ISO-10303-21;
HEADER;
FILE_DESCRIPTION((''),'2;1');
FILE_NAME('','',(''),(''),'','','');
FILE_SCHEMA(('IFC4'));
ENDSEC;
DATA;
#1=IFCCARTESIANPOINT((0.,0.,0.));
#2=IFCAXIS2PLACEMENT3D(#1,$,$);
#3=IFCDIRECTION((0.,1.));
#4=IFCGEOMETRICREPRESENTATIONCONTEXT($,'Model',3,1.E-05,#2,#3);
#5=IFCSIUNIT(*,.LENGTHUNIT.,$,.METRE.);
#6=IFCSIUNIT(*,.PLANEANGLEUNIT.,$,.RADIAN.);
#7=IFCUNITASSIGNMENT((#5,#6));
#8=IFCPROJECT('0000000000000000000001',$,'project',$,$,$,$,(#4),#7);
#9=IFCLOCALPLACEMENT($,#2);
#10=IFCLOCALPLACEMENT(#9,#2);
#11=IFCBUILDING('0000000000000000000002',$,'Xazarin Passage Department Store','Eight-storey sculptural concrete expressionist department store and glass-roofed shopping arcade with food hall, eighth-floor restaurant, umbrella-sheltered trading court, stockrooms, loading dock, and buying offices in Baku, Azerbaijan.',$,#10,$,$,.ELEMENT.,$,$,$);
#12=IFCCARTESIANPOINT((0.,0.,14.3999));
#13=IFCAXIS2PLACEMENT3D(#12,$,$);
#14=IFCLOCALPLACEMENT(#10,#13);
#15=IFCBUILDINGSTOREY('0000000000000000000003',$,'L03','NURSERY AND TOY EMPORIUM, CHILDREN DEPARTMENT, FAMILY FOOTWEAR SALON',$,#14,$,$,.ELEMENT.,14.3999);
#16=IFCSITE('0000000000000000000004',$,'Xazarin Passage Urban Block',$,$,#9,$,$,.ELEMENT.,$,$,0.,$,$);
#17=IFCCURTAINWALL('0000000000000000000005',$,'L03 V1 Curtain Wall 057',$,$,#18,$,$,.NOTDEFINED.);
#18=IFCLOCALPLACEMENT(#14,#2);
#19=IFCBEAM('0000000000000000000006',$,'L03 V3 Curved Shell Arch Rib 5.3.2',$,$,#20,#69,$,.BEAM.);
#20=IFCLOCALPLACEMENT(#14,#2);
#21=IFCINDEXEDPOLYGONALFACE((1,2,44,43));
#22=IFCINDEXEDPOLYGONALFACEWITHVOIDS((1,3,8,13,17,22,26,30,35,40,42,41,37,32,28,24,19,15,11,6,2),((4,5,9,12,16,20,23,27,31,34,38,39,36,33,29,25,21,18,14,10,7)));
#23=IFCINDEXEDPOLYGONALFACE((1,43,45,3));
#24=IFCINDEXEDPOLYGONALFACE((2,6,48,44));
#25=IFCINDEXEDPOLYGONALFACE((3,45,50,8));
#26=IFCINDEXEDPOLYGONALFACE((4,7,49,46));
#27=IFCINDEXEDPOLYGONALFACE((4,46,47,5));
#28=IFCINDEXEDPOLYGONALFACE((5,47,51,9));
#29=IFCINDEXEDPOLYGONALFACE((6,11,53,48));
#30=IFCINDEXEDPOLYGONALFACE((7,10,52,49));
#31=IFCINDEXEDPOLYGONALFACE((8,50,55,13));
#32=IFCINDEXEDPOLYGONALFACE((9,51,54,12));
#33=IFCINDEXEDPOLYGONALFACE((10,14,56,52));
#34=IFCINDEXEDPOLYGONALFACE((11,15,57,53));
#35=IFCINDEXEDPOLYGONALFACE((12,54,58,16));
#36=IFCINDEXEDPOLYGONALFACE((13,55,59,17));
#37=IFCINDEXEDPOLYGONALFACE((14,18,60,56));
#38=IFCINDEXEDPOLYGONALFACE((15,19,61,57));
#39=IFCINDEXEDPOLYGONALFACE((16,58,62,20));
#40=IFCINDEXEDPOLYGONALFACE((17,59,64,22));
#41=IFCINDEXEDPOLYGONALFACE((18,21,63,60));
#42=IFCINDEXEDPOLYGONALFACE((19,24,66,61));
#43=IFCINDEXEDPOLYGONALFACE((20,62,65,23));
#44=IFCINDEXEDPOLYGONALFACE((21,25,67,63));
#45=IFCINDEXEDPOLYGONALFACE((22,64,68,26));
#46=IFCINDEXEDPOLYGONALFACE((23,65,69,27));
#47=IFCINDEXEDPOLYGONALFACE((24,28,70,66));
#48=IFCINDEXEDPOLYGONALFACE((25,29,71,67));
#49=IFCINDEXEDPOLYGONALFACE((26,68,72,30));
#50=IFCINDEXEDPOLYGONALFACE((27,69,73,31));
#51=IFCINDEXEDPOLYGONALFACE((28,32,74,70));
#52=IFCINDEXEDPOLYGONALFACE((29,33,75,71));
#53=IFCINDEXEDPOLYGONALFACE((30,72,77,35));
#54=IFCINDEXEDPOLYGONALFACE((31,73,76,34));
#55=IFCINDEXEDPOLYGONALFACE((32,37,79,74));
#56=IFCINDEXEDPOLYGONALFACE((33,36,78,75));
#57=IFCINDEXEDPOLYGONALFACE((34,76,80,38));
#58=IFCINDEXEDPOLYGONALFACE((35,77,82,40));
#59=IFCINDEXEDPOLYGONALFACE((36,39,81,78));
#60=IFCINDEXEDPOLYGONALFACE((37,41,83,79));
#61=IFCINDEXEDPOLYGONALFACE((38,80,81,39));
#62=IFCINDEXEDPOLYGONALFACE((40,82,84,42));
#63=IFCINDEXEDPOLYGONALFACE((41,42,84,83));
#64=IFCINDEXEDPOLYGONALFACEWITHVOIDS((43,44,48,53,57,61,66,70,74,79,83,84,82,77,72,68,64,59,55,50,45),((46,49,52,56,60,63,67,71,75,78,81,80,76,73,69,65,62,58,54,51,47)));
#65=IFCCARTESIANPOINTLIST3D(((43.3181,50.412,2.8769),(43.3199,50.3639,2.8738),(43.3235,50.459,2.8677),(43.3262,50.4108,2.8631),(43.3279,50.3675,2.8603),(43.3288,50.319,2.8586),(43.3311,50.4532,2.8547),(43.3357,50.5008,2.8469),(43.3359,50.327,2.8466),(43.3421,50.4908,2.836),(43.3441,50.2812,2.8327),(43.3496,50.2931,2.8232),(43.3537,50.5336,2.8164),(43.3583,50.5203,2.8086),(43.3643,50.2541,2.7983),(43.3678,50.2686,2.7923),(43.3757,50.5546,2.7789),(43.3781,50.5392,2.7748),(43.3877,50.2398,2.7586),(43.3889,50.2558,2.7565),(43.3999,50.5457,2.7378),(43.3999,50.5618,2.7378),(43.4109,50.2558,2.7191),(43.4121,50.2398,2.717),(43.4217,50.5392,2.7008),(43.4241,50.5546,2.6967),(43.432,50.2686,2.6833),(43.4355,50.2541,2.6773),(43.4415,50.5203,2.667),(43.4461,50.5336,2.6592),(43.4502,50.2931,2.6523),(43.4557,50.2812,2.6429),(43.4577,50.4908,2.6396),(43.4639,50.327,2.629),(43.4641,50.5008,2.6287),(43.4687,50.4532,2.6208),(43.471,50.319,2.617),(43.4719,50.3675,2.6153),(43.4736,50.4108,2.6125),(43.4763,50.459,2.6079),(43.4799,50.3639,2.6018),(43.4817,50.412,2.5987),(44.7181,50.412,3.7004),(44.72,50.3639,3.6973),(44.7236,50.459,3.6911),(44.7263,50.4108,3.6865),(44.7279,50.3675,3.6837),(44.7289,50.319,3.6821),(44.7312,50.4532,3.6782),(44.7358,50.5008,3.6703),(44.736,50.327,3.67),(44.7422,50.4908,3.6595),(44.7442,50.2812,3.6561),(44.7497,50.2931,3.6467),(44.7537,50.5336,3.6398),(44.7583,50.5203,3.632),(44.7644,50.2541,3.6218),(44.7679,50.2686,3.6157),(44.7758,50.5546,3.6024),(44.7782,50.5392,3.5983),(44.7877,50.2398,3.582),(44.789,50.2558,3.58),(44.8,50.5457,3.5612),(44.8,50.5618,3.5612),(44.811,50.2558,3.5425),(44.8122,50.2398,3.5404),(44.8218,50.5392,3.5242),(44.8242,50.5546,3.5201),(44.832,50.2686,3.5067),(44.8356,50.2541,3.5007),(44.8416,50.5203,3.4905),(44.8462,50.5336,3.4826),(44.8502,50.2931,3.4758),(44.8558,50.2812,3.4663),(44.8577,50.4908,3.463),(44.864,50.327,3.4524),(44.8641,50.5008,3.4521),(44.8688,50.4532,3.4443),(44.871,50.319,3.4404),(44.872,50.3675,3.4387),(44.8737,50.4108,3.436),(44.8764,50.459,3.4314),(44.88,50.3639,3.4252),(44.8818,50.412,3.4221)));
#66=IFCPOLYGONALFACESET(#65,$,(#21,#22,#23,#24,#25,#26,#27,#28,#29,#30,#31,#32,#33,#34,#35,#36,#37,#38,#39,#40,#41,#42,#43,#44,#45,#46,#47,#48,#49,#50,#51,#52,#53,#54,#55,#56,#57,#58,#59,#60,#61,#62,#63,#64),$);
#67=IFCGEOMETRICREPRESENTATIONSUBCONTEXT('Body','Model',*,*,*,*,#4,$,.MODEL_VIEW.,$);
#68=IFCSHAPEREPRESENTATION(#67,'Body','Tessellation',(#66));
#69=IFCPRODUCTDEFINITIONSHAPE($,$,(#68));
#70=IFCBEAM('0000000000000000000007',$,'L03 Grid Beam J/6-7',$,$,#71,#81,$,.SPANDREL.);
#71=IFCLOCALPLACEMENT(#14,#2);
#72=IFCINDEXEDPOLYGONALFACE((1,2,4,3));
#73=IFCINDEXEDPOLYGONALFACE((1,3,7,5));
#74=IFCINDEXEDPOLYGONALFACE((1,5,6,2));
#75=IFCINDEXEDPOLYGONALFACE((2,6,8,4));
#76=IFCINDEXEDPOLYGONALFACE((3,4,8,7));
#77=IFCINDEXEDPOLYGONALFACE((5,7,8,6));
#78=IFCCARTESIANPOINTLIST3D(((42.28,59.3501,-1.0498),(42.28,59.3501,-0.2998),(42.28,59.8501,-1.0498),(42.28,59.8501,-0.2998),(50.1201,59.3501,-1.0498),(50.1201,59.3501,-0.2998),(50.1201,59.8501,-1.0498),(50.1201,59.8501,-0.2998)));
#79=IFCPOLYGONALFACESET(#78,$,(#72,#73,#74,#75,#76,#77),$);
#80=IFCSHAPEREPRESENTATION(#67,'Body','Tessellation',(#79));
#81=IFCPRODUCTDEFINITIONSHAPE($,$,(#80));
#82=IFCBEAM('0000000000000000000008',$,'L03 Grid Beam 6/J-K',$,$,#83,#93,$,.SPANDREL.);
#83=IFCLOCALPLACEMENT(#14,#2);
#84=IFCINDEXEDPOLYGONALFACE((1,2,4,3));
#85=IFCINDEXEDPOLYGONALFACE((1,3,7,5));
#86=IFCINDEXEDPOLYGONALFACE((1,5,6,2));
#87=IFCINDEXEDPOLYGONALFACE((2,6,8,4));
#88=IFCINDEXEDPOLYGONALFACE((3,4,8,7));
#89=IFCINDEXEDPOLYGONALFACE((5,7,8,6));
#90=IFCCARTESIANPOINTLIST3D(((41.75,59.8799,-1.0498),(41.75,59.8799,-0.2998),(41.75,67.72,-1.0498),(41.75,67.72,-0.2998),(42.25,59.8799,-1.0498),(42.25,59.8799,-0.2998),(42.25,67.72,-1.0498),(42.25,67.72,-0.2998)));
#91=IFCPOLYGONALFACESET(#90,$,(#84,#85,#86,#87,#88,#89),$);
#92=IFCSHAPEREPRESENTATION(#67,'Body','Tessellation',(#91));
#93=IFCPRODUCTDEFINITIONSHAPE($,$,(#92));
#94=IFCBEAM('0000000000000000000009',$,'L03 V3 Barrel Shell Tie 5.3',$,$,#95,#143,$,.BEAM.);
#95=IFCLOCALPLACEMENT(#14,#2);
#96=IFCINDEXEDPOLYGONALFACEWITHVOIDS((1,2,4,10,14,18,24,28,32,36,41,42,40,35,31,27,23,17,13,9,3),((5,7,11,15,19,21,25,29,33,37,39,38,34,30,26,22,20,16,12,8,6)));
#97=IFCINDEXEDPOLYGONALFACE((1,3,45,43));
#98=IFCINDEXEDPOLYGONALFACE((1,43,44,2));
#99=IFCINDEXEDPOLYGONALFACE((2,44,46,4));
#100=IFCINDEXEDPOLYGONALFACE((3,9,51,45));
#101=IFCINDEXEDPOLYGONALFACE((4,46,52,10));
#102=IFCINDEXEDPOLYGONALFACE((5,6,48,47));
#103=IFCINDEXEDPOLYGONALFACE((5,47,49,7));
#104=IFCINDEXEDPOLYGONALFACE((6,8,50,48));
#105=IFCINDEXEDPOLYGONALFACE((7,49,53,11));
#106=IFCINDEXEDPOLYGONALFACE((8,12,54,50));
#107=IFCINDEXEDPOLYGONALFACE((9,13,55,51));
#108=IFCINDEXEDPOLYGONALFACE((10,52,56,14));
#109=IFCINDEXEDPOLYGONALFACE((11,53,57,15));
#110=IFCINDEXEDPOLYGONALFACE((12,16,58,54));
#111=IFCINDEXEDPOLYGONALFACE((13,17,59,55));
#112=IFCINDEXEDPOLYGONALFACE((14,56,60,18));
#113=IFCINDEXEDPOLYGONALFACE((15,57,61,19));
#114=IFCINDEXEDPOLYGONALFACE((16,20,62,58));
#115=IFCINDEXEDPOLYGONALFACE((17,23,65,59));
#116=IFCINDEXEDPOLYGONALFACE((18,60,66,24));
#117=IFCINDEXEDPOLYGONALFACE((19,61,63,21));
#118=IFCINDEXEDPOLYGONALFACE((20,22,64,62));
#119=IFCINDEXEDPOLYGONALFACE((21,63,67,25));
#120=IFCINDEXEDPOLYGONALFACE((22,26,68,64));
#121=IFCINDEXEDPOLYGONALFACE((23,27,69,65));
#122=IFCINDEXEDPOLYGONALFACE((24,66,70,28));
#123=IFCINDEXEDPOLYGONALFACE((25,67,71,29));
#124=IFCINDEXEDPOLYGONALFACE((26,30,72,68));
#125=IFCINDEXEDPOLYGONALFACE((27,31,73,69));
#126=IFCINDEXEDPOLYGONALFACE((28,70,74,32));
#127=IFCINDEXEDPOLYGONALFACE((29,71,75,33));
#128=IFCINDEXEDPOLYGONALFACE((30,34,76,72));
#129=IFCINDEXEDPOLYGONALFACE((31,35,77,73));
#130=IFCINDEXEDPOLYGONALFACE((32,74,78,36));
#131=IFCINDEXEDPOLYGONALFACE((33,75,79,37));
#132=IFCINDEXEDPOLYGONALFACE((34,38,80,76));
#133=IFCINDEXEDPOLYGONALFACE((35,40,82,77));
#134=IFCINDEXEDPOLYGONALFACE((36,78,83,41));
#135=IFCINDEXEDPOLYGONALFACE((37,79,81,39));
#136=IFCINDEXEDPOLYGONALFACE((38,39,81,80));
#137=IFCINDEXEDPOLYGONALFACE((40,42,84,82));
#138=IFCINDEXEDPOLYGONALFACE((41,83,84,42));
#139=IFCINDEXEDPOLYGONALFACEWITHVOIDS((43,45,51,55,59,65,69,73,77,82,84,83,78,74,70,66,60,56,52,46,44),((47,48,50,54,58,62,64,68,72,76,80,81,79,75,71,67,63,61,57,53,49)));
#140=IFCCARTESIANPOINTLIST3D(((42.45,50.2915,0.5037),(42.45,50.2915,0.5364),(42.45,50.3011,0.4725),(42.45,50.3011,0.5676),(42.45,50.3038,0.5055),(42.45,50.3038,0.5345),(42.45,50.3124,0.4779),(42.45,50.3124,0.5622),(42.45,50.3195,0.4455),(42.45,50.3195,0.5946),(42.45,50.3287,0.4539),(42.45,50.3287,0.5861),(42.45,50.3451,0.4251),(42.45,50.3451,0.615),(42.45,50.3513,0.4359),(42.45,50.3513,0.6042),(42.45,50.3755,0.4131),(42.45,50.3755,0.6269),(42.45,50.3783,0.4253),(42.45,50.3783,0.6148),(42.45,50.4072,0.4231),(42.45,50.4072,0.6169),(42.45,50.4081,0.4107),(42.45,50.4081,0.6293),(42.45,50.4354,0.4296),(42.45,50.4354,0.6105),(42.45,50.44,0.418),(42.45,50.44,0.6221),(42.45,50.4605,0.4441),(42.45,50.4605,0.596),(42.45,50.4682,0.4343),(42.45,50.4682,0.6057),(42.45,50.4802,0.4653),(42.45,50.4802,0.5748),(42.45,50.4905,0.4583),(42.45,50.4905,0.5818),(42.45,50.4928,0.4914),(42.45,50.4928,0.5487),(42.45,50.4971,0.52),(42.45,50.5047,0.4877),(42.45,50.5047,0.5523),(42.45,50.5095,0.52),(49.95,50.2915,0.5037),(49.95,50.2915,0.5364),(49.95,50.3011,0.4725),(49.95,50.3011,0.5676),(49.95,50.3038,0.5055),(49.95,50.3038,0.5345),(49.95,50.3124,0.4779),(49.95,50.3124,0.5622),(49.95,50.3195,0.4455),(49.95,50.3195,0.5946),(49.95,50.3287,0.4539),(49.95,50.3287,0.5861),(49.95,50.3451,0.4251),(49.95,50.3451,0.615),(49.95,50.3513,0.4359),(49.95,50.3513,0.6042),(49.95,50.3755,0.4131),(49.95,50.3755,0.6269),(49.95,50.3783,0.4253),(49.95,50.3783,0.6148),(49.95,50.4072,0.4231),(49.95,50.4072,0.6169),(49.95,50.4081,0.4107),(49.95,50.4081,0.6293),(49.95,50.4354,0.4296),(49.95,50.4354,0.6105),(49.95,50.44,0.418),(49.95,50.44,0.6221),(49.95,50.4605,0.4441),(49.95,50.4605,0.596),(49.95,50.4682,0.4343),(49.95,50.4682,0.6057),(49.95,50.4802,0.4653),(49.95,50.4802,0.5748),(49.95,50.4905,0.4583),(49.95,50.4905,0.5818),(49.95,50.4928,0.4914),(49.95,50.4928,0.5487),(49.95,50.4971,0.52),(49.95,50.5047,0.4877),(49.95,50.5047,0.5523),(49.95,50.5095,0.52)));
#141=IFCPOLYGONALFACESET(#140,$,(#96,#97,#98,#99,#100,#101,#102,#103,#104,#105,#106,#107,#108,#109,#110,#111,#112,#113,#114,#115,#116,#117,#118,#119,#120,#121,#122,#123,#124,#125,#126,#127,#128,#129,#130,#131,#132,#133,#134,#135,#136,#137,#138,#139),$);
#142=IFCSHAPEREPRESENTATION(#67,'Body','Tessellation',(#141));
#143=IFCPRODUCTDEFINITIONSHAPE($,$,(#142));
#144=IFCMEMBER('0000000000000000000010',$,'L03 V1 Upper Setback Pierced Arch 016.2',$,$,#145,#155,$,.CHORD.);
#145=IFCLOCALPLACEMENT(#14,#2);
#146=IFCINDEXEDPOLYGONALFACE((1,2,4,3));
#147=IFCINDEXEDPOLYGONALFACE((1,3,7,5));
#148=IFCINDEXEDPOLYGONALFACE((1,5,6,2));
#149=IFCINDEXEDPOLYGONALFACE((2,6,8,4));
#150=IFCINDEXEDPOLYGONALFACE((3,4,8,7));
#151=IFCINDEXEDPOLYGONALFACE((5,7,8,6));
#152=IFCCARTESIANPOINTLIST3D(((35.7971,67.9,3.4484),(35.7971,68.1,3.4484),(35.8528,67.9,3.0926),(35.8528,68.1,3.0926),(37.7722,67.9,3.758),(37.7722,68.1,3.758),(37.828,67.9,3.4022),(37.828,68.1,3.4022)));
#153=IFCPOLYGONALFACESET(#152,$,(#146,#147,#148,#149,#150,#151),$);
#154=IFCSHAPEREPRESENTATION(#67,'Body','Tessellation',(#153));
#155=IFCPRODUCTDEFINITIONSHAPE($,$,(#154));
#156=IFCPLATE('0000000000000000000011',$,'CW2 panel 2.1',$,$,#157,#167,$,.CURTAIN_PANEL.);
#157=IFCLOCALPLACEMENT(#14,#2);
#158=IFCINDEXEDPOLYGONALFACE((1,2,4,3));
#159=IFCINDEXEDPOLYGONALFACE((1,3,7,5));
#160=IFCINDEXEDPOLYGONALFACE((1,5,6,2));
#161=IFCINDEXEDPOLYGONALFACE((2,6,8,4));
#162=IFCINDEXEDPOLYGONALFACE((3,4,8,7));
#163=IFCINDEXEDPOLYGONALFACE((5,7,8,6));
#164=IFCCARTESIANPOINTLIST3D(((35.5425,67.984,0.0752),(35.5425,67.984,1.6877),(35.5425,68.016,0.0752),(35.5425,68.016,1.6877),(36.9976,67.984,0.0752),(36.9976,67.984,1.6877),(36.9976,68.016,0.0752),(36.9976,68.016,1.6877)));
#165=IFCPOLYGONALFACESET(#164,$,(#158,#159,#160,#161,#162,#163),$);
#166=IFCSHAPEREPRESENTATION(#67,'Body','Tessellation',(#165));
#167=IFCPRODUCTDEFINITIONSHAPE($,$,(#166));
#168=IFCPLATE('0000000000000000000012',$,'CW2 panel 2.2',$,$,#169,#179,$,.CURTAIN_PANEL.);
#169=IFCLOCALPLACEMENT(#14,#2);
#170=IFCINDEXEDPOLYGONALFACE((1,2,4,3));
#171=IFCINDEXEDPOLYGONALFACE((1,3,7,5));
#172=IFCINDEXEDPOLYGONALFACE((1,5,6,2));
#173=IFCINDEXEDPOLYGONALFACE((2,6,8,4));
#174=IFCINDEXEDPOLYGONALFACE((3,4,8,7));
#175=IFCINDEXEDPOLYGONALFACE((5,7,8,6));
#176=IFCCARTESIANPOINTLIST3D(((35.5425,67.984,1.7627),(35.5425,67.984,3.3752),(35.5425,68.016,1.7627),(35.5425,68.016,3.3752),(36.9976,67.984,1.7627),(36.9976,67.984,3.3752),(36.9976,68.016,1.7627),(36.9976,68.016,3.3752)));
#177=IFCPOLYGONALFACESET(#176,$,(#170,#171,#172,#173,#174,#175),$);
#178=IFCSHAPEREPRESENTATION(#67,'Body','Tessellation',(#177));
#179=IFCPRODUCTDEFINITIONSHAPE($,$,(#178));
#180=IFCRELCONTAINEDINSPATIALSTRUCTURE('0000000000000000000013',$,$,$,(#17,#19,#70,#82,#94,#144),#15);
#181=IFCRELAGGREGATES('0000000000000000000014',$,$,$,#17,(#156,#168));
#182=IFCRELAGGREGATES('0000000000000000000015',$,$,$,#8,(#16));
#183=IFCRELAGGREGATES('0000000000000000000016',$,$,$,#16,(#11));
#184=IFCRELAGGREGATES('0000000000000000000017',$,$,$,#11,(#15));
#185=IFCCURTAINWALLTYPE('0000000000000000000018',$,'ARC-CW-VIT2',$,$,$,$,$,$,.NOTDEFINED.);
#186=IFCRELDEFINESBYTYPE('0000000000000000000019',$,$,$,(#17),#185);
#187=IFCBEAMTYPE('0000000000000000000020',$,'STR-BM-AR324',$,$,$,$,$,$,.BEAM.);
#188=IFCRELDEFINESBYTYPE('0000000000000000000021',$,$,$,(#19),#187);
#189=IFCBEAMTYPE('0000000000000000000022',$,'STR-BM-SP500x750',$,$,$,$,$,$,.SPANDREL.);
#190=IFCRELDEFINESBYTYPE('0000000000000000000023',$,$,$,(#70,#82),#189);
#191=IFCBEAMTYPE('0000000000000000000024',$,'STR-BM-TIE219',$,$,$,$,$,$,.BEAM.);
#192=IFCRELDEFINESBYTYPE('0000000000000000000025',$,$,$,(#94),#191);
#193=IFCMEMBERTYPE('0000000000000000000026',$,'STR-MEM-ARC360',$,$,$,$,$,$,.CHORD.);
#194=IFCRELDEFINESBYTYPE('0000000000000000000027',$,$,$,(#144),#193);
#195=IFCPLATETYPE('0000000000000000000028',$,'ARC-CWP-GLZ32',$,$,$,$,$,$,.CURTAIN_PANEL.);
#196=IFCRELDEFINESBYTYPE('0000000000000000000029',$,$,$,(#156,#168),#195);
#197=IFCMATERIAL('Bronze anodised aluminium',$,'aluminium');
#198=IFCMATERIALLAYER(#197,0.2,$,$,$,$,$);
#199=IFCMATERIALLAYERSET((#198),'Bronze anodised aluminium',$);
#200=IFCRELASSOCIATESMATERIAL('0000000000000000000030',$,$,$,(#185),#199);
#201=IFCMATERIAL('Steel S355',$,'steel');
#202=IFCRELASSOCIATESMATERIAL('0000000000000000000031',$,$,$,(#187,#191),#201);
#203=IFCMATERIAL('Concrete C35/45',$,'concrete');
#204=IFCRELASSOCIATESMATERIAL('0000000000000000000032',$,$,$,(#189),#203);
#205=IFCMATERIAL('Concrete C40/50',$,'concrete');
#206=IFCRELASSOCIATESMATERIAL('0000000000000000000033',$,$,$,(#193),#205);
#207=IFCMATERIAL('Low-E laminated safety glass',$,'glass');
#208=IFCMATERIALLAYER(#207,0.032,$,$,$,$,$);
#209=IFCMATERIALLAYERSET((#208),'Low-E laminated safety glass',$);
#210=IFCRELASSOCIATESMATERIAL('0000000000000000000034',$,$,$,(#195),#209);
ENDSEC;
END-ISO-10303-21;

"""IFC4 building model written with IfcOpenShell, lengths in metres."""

from ifc_helpers import new_model, si_unit, direction, frame, origin, origin_2d, place, context, subcontext, project, spatial, rectangle, hollow_circle, extrude, material, layer, layer_set, material_profile, profile_set, type_object, element, aggregate, save


model = new_model("IFC4")

# Units and contexts
model_context = context("Model", 3, precision=1e-05, world=origin(), true_north=direction((0.0, 1.0)))
body_context = subcontext(model_context, "Body", "Model", "MODEL_VIEW")
ifc_project = project(units=[si_unit("LENGTHUNIT", "METRE"), si_unit("PLANEANGLEUNIT", "RADIAN")], contexts=[model_context])

# Site, building, storey
site_placement = place(None, origin())
site = spatial("IfcSite", under=ifc_project, at=site_placement, Name="Xazarin Passage Urban Block", CompositionType="ELEMENT", RefElevation=0.0)
building_placement = place(site_placement, origin())
building = spatial("IfcBuilding", under=site, at=building_placement, Name="Xazarin Passage Department Store", Description="Eight-storey sculptural concrete expressionist department store and glass-roofed shopping arcade with food hall, eighth-floor restaurant, umbrella-sheltered trading court, stockrooms, loading dock, and buying offices in Baku, Azerbaijan.", CompositionType="ELEMENT")
storey_placement = place(building_placement, frame((0.0, 0.0, 14.3999)))
storey = spatial("IfcBuildingStorey", under=building, at=storey_placement, Name="L03", Description="NURSERY AND TOY EMPORIUM, CHILDREN DEPARTMENT, FAMILY FOOTWEAR SALON", CompositionType="ELEMENT", Elevation=14.3999)

# Curtain wall
ifc_material_1 = material(Name="Bronze anodised aluminium", Category="aluminium")
ifc_layer_1 = layer(ifc_material_1, 0.2)
ifc_layer_set_1 = layer_set([ifc_layer_1], Name="Bronze anodised aluminium")
curtain_wall_type = type_object("IfcCurtainWallType", Name="ARC-CW-VIT2", PredefinedType="NOTDEFINED", material=ifc_layer_set_1)
curtain_wall_placement = place(storey_placement, origin())
curtain_wall = element("IfcCurtainWall", 1, at=curtain_wall_placement, inside=storey, type_object=curtain_wall_type, Name="L03 V1 Curtain Wall 057", PredefinedType="NOTDEFINED")

# Beams
ifc_material_2 = material(Name="Steel S355", Category="steel")
ifc_material_profile_1 = material_profile(ifc_material_2, hollow_circle(Radius=0.1619, WallThickness=0.0161, at=origin_2d()), Name="CHS 323.9x16")
ifc_profile_set_1 = profile_set([ifc_material_profile_1], Name="Steel S355")
beam_type_1 = type_object("IfcBeamType", Name="STR-BM-AR324", PredefinedType="BEAM", material=ifc_profile_set_1)
beam_1_placement = place(storey_placement, frame((43.3999, 50.3999, 2.7378), z_axis=(0.861969, 0.0, 0.506961), x_axis=(0.0, 1.0, 0.0)))
element("IfcBeam", 2, at=beam_1_placement, inside=storey, type_object=beam_type_1, Name="L03 V3 Curved Shell Arch Rib 5.3.2", PredefinedType="BEAM", context=body_context, shape_type="SweptSolid", body=[
    extrude(hollow_circle(Radius=0.1619, WallThickness=0.0161, at=origin_2d()), origin(), (0.0, 0.0, 1.0), 1.6243),
])
ifc_material_3 = material(Name="Concrete C35/45", Category="concrete")
ifc_material_profile_2 = material_profile(ifc_material_3, rectangle(XDim=0.5, YDim=0.75, at=origin_2d()), Name="RC 500x750")
ifc_profile_set_2 = profile_set([ifc_material_profile_2], Name="Concrete C35/45")
beam_type_2 = type_object("IfcBeamType", Name="STR-BM-SP500x750", PredefinedType="SPANDREL", material=ifc_profile_set_2)
for number, where, z_axis, x_axis, name in (
    (3, (42.28, 59.6001, -0.6748), (1.0, 0.0, 0.0), (0.0, 1.0, 0.0), "L03 Grid Beam J/6-7"),
    (4, (42.0, 59.8799, -0.6748), (0.0, 1.0, 0.0), (-1.0, 0.0, 0.0), "L03 Grid Beam 6/J-K"),
):
    element("IfcBeam", number, at=place(storey_placement, frame(where, z_axis=z_axis, x_axis=x_axis)), inside=storey, type_object=beam_type_2, Name=name, PredefinedType="SPANDREL", context=body_context, shape_type="SweptSolid", body=[
        extrude(rectangle(XDim=0.5, YDim=0.75, at=origin_2d()), origin(), (0.0, 0.0, 1.0), 7.8401),
    ])
ifc_material_profile_3 = material_profile(ifc_material_2, hollow_circle(Radius=0.1096, WallThickness=0.0125, at=origin_2d()), Name="CHS 219.1x12.5")
ifc_profile_set_3 = profile_set([ifc_material_profile_3], Name="Steel S355")
beam_type_3 = type_object("IfcBeamType", Name="STR-BM-TIE219", PredefinedType="BEAM", material=ifc_profile_set_3)
beam_2_placement = place(storey_placement, frame((42.45, 50.3999, 0.52), z_axis=(1.0, 0.0, 0.0), x_axis=(0.0, 1.0, 0.0)))
element("IfcBeam", 5, at=beam_2_placement, inside=storey, type_object=beam_type_3, Name="L03 V3 Barrel Shell Tie 5.3", PredefinedType="BEAM", context=body_context, shape_type="SweptSolid", body=[
    extrude(hollow_circle(Radius=0.1096, WallThickness=0.0125, at=origin_2d()), origin(), (0.0, 0.0, 1.0), 7.5),
])

# Member
ifc_material_4 = material(Name="Concrete C40/50", Category="concrete")
ifc_material_profile_4 = material_profile(ifc_material_4, rectangle(XDim=0.2, YDim=0.3601, at=origin_2d()), Name="RC 200x360")
ifc_profile_set_4 = profile_set([ifc_material_profile_4], Name="Concrete C40/50")
member_type_1 = type_object("IfcMemberType", Name="STR-MEM-ARC360", PredefinedType="CHORD", material=ifc_profile_set_4)
member_1_placement = place(storey_placement, frame((35.825, 68.0, 3.2705), z_axis=(0.987939, 0.0, 0.154846), x_axis=(0.0, 1.0, 0.0)))
element("IfcMember", 6, at=member_1_placement, inside=storey, type_object=member_type_1, Name="L03 V1 Upper Setback Pierced Arch 016.2", PredefinedType="CHORD", context=body_context, shape_type="SweptSolid", body=[
    extrude(rectangle(XDim=0.2, YDim=0.3601, at=origin_2d()), origin(), (0.0, 0.0, 1.0), 1.9993),
])

# Plates
ifc_material_5 = material(Name="Low-E laminated safety glass", Category="glass")
ifc_layer_2 = layer(ifc_material_5, 0.032)
ifc_layer_set_2 = layer_set([ifc_layer_2], Name="Low-E laminated safety glass")
plate_type = type_object("IfcPlateType", Name="ARC-CWP-GLZ32", PredefinedType="CURTAIN_PANEL", material=ifc_layer_set_2)
plate_1_placement = place(storey_placement, frame((36.27, 68.0, 0.0752), z_axis=(0.0, 0.0, 1.0), x_axis=(1.0, 0.0, 0.0)))
plate_1 = element("IfcPlate", 7, at=plate_1_placement, type_object=plate_type, Name="CW2 panel 2.1", PredefinedType="CURTAIN_PANEL", context=body_context, shape_type="SweptSolid", body=[
    extrude(rectangle(XDim=1.4551, YDim=0.032, at=origin_2d()), origin(), (0.0, 0.0, 1.0), 1.6125),
])
plate_2_placement = place(storey_placement, frame((36.27, 68.0, 1.7627), z_axis=(0.0, 0.0, 1.0), x_axis=(1.0, 0.0, 0.0)))
plate_2 = element("IfcPlate", 8, at=plate_2_placement, type_object=plate_type, Name="CW2 panel 2.2", PredefinedType="CURTAIN_PANEL", context=body_context, shape_type="SweptSolid", body=[
    extrude(rectangle(XDim=1.4551, YDim=0.032, at=origin_2d()), origin(), (0.0, 0.0, 1.0), 1.6125),
])
aggregate(curtain_wall, [plate_1, plate_2])

save(model, "model.ifc")
